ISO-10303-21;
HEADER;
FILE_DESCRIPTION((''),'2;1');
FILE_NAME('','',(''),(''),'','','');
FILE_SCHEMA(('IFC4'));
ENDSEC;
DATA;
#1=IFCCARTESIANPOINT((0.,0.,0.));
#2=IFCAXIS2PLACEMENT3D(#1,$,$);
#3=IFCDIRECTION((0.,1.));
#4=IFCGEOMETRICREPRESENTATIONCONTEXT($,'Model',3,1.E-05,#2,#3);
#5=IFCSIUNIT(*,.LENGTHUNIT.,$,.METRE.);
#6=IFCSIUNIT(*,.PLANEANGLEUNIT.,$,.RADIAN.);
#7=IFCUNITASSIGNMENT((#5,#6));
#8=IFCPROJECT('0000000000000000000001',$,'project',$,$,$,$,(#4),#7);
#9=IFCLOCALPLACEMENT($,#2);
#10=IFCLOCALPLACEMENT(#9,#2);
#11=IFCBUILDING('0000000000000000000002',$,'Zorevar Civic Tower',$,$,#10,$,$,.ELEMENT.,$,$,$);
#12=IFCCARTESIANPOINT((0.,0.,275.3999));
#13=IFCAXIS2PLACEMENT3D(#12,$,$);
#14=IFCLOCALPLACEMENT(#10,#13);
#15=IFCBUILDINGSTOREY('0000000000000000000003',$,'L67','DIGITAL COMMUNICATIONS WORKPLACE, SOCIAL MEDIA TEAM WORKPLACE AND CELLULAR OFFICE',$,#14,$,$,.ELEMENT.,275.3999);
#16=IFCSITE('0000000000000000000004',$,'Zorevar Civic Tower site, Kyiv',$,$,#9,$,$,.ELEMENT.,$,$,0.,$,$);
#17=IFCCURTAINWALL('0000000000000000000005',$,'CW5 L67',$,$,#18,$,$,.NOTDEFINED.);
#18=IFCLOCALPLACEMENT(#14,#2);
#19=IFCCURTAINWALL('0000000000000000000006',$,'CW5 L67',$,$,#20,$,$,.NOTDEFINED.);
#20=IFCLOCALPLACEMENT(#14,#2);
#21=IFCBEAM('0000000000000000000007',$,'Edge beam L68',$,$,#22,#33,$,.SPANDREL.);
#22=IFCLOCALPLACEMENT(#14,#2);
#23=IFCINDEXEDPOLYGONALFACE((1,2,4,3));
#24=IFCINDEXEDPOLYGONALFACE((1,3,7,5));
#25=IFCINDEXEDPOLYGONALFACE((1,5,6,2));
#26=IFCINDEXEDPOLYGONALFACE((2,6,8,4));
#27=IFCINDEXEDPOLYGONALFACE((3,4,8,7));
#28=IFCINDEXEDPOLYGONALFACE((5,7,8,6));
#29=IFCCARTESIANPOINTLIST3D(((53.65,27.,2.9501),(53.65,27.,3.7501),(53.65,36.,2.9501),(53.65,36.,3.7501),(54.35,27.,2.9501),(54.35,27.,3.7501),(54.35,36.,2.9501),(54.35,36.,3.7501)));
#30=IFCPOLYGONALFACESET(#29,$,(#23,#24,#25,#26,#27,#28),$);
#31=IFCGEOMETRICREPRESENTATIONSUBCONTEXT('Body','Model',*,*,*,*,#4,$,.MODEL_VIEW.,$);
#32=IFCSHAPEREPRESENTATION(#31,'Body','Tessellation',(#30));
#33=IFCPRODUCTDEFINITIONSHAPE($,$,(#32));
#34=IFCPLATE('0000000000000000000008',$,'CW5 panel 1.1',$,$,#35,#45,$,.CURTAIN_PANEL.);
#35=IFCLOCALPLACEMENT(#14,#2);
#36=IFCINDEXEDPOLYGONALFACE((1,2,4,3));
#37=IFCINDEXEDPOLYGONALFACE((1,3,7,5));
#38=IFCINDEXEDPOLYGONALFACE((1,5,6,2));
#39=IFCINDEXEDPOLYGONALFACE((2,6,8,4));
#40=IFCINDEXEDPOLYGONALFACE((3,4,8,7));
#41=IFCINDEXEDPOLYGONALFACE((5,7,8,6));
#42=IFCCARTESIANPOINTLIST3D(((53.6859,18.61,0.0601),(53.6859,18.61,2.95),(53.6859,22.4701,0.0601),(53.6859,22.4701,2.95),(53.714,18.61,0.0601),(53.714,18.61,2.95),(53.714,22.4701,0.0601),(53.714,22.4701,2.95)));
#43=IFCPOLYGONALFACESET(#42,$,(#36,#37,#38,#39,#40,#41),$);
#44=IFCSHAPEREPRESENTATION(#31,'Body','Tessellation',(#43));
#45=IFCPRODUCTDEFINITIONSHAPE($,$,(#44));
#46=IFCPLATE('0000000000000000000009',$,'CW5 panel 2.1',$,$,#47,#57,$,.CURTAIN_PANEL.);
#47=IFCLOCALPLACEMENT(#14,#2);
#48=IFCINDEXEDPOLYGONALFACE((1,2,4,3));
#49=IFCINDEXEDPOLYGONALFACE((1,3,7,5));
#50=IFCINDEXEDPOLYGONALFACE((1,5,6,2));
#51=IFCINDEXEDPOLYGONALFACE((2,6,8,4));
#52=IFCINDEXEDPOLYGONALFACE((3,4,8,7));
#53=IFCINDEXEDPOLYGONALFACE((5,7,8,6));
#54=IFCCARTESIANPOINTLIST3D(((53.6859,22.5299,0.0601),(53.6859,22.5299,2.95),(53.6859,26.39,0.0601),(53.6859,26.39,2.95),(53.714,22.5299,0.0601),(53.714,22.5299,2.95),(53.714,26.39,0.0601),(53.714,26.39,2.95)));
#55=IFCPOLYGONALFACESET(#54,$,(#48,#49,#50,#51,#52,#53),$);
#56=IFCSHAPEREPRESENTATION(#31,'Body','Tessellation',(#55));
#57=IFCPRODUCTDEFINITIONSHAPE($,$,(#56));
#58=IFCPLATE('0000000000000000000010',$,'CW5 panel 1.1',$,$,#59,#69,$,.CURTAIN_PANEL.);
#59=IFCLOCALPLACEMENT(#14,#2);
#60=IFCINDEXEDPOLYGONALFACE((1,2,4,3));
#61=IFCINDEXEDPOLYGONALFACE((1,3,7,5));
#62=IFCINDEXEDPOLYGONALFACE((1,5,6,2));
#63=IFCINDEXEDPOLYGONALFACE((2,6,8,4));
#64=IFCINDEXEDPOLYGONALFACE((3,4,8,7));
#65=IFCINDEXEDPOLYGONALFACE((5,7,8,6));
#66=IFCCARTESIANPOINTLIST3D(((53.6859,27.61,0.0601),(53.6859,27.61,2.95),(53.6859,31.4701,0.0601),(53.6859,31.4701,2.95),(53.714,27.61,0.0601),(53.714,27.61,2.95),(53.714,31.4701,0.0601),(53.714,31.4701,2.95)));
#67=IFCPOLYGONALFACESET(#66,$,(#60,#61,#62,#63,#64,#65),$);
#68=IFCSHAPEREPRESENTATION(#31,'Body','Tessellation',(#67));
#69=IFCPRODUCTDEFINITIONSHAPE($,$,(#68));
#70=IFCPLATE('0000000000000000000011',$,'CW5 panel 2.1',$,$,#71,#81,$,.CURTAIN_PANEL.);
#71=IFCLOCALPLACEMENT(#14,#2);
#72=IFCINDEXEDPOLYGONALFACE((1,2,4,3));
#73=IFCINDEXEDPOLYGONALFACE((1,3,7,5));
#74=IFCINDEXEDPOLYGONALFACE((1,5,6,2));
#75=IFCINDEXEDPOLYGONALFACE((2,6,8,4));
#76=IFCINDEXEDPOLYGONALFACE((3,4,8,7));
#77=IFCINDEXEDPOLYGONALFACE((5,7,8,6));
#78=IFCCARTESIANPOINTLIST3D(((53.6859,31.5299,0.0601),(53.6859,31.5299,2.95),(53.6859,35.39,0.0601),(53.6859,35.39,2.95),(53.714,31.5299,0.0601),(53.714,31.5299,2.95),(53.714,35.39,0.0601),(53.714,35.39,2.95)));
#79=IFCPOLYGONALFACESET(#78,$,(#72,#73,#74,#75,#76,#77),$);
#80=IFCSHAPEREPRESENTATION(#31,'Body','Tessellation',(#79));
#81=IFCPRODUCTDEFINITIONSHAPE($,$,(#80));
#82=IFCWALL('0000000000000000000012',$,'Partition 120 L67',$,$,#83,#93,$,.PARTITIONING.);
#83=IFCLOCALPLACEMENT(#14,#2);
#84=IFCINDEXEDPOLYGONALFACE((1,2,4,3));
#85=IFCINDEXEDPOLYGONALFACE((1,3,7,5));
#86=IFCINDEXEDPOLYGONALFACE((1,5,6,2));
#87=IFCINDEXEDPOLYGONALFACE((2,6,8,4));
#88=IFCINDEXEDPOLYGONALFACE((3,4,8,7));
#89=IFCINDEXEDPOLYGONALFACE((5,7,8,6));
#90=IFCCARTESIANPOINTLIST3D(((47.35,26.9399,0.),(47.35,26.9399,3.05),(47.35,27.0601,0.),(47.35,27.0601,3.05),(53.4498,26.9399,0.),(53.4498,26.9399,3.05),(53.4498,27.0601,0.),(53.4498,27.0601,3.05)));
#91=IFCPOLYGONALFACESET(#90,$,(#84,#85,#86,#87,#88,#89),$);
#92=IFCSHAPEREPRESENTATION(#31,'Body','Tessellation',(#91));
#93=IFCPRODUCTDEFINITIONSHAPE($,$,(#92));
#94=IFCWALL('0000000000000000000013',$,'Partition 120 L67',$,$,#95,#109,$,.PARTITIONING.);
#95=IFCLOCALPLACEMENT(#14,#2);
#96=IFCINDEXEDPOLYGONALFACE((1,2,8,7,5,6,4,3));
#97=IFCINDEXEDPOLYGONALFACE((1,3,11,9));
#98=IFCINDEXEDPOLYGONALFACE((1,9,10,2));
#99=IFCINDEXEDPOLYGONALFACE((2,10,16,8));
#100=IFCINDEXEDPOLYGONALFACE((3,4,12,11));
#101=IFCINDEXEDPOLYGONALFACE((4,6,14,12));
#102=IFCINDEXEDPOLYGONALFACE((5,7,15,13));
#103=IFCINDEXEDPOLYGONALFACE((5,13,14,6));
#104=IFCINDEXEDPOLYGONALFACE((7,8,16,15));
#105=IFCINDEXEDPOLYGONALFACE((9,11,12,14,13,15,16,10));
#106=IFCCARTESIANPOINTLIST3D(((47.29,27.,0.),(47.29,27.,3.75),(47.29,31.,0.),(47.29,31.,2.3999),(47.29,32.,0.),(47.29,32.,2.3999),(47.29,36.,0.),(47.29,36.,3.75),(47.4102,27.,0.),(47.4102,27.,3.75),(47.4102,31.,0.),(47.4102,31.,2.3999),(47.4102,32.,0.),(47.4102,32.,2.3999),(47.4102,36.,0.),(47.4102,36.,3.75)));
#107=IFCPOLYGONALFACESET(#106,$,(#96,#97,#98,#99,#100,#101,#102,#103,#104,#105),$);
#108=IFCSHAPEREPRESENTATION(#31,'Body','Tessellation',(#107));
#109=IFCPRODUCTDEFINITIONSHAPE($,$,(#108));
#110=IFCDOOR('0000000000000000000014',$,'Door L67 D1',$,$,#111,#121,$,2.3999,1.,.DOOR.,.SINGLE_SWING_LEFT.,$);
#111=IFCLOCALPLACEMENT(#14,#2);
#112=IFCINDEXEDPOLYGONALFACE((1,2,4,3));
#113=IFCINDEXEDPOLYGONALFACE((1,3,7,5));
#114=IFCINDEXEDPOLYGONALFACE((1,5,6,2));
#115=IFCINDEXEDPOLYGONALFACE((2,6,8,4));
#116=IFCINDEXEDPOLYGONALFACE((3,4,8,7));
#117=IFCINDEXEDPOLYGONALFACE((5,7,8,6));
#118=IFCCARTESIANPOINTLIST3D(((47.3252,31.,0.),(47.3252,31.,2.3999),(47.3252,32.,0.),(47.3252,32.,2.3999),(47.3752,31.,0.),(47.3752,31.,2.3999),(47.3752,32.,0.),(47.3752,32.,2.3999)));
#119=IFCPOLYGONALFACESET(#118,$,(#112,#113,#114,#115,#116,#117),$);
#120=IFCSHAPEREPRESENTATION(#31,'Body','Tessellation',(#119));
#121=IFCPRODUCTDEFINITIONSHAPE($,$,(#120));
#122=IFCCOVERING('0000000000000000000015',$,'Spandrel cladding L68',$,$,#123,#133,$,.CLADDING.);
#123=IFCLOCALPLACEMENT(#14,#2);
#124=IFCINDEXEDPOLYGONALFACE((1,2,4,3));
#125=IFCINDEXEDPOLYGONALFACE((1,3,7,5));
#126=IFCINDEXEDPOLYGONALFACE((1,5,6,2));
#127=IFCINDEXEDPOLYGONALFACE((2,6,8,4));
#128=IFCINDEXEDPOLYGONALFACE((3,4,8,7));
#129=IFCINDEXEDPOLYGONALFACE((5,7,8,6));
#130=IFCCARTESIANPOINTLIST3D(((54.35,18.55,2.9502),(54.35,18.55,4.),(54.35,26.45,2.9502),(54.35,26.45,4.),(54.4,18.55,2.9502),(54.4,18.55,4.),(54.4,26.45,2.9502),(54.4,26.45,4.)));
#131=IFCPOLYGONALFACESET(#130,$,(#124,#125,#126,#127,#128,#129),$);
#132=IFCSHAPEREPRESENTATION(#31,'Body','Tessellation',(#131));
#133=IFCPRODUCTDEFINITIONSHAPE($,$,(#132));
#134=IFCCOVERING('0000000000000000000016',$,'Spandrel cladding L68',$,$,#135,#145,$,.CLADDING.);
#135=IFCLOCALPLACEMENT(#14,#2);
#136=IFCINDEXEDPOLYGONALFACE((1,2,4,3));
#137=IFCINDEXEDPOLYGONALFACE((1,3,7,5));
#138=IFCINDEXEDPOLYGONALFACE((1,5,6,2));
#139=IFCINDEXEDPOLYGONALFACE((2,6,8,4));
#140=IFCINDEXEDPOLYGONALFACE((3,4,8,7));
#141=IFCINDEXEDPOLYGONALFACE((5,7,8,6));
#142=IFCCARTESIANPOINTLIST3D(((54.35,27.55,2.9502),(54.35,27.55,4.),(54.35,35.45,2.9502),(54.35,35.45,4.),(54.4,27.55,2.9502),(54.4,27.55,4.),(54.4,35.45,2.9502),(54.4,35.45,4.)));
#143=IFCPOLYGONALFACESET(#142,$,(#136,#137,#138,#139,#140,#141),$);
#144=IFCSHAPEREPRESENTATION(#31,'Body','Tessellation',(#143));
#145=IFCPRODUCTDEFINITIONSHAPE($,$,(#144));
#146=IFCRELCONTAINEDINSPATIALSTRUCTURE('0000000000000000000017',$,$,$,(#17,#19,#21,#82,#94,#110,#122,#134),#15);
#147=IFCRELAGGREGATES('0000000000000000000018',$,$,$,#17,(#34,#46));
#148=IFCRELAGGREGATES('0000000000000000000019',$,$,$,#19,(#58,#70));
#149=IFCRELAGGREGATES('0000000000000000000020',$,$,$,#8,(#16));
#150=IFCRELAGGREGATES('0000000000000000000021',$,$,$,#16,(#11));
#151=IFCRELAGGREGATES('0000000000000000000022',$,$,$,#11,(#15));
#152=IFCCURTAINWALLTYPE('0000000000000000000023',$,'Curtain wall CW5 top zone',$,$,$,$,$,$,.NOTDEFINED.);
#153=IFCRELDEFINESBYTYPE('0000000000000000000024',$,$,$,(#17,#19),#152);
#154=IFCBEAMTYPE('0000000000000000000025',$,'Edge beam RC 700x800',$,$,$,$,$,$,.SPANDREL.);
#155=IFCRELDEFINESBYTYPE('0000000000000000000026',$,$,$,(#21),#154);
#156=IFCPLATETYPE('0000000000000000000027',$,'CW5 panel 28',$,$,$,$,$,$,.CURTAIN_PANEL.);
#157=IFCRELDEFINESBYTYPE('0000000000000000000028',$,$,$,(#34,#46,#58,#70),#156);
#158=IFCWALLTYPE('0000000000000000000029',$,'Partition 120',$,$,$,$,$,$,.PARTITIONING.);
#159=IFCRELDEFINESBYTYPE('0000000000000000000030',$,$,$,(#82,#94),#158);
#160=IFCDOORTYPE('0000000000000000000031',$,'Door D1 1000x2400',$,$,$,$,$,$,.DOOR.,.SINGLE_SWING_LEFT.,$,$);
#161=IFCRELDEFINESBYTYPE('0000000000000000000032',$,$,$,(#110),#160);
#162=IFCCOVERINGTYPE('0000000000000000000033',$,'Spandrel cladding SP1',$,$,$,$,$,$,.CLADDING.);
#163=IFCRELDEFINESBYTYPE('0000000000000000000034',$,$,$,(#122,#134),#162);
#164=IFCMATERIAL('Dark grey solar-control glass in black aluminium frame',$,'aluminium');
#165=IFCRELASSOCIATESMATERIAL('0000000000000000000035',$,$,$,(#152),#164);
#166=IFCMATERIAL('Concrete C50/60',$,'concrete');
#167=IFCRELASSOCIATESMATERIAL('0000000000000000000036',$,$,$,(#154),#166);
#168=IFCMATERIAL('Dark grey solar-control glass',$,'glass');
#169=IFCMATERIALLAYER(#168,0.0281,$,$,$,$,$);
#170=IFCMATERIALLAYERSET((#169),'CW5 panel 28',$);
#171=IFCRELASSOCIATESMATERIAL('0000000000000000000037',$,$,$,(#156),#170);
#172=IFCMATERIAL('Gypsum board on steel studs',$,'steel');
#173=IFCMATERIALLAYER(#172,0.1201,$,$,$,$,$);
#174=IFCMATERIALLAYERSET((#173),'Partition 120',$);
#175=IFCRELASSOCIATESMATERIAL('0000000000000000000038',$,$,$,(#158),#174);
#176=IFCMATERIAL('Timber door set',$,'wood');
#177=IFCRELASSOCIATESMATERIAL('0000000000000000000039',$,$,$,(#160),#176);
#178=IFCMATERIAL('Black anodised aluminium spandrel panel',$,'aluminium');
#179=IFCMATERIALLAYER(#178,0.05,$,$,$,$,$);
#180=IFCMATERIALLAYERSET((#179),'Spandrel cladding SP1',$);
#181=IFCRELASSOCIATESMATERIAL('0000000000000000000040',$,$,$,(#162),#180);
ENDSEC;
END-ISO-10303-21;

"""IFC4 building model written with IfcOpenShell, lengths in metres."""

from ifc_helpers import new_model, si_unit, direction, frame, frame_2d, origin, origin_2d, place, context, subcontext, project, spatial, rectangle, extrude, material, layer, layer_set, material_profile, profile_set, type_object, element, fill, aggregate, save


model = new_model("IFC4")

# Units and contexts
model_context = context("Model", 3, precision=1e-05, world=origin(), true_north=direction((0.0, 1.0)))
body_context = subcontext(model_context, "Body", "Model", "MODEL_VIEW")
ifc_project = project(units=[si_unit("LENGTHUNIT", "METRE"), si_unit("PLANEANGLEUNIT", "RADIAN")], contexts=[model_context])

# Site, building, storey
site_placement = place(None, origin())
site = spatial("IfcSite", under=ifc_project, at=site_placement, Name="Zorevar Civic Tower site, Kyiv", CompositionType="ELEMENT", RefElevation=0.0)
building_placement = place(site_placement, origin())
building = spatial("IfcBuilding", under=site, at=building_placement, Name="Zorevar Civic Tower", CompositionType="ELEMENT")
storey_placement = place(building_placement, frame((0.0, 0.0, 275.3999)))
storey = spatial("IfcBuildingStorey", under=building, at=storey_placement, Name="L67", Description="DIGITAL COMMUNICATIONS WORKPLACE, SOCIAL MEDIA TEAM WORKPLACE AND CELLULAR OFFICE", CompositionType="ELEMENT", Elevation=275.3999)

# Curtain walls
ifc_material_1 = material(Name="Dark grey solar-control glass in black aluminium frame", Category="aluminium")
curtain_wall_type = type_object("IfcCurtainWallType", Name="Curtain wall CW5 top zone", PredefinedType="NOTDEFINED", material=ifc_material_1)
curtain_wall_1_placement = place(storey_placement, origin())
curtain_wall_1 = element("IfcCurtainWall", 1, at=curtain_wall_1_placement, inside=storey, type_object=curtain_wall_type, Name="CW5 L67", PredefinedType="NOTDEFINED")
curtain_wall_2_placement = place(storey_placement, origin())
curtain_wall_2 = element("IfcCurtainWall", 2, at=curtain_wall_2_placement, inside=storey, type_object=curtain_wall_type, Name="CW5 L67", PredefinedType="NOTDEFINED")

# Beam
ifc_material_2 = material(Name="Concrete C50/60", Category="concrete")
ifc_material_profile_1 = material_profile(ifc_material_2, rectangle(XDim=0.7, YDim=0.8, at=origin_2d()), Name="RC 700x800")
ifc_profile_set_1 = profile_set([ifc_material_profile_1], Name="Concrete C50/60")
beam_type_1 = type_object("IfcBeamType", Name="Edge beam RC 700x800", PredefinedType="SPANDREL", material=ifc_profile_set_1)
beam_1_placement = place(storey_placement, frame((54.0, 27.0, 3.3501), z_axis=(0.0, 1.0, 0.0), x_axis=(-1.0, 0.0, 0.0)))
element("IfcBeam", 3, at=beam_1_placement, inside=storey, type_object=beam_type_1, Name="Edge beam L68", PredefinedType="SPANDREL", context=body_context, shape_type="SweptSolid", body=[
    extrude(rectangle(XDim=0.7, YDim=0.8, at=origin_2d()), origin(), (0.0, 0.0, 1.0), 9.0),
])

# Plates
ifc_material_3 = material(Name="Dark grey solar-control glass", Category="glass")
ifc_layer_1 = layer(ifc_material_3, 0.0281)
ifc_layer_set_1 = layer_set([ifc_layer_1], Name="CW5 panel 28")
plate_type = type_object("IfcPlateType", Name="CW5 panel 28", PredefinedType="CURTAIN_PANEL", material=ifc_layer_set_1)
plate_1_placement = place(storey_placement, frame((53.7, 20.54, 0.0601), z_axis=(0.0, 0.0, 1.0), x_axis=(0.0, 1.0, 0.0)))
plate_1 = element("IfcPlate", 4, at=plate_1_placement, type_object=plate_type, Name="CW5 panel 1.1", PredefinedType="CURTAIN_PANEL", context=body_context, shape_type="SweptSolid", body=[
    extrude(rectangle(XDim=3.8601, YDim=0.0281, at=origin_2d()), origin(), (0.0, 0.0, 1.0), 2.8899),
])
plate_2_placement = place(storey_placement, frame((53.7, 24.46, 0.0601), z_axis=(0.0, 0.0, 1.0), x_axis=(0.0, 1.0, 0.0)))
plate_2 = element("IfcPlate", 5, at=plate_2_placement, type_object=plate_type, Name="CW5 panel 2.1", PredefinedType="CURTAIN_PANEL", context=body_context, shape_type="SweptSolid", body=[
    extrude(rectangle(XDim=3.8601, YDim=0.0281, at=origin_2d()), origin(), (0.0, 0.0, 1.0), 2.8899),
])
aggregate(curtain_wall_1, [plate_1, plate_2])
plate_3_placement = place(storey_placement, frame((53.7, 29.54, 0.0601), z_axis=(0.0, 0.0, 1.0), x_axis=(0.0, 1.0, 0.0)))
plate_3 = element("IfcPlate", 6, at=plate_3_placement, type_object=plate_type, Name="CW5 panel 1.1", PredefinedType="CURTAIN_PANEL", context=body_context, shape_type="SweptSolid", body=[
    extrude(rectangle(XDim=3.8601, YDim=0.0281, at=origin_2d()), origin(), (0.0, 0.0, 1.0), 2.8899),
])
plate_4_placement = place(storey_placement, frame((53.7, 33.46, 0.0601), z_axis=(0.0, 0.0, 1.0), x_axis=(0.0, 1.0, 0.0)))
plate_4 = element("IfcPlate", 7, at=plate_4_placement, type_object=plate_type, Name="CW5 panel 2.1", PredefinedType="CURTAIN_PANEL", context=body_context, shape_type="SweptSolid", body=[
    extrude(rectangle(XDim=3.8601, YDim=0.0281, at=origin_2d()), origin(), (0.0, 0.0, 1.0), 2.8899),
])
aggregate(curtain_wall_2, [plate_3, plate_4])

# Wall
ifc_material_4 = material(Name="Gypsum board on steel studs", Category="steel")
ifc_layer_2 = layer(ifc_material_4, 0.1201)
ifc_layer_set_2 = layer_set([ifc_layer_2], Name="Partition 120")
wall_type = type_object("IfcWallType", Name="Partition 120", PredefinedType="PARTITIONING", material=ifc_layer_set_2)
wall_1_placement = place(storey_placement, frame((47.3501, 27.0, 0.0), z_axis=(0.0, 0.0, 1.0), x_axis=(1.0, 0.0, 0.0)))
element("IfcWall", 8, at=wall_1_placement, inside=storey, type_object=wall_type, Name="Partition 120 L67", PredefinedType="PARTITIONING", context=body_context, shape_type="SweptSolid", body=[
    extrude(rectangle(XDim=6.0999, YDim=0.1201, at=frame_2d((3.0498, 0.0))), origin(), (0.0, 0.0, 1.0), 3.05),
])

# Wall, opening, door
wall_2_placement = place(storey_placement, frame((47.3501, 27.0, 0.0), z_axis=(0.0, 0.0, 1.0), x_axis=(0.0, 1.0, 0.0)))
wall_2 = element("IfcWall", 9, at=wall_2_placement, inside=storey, type_object=wall_type, Name="Partition 120 L67", PredefinedType="PARTITIONING", context=body_context, shape_type="SweptSolid", body=[
    extrude(rectangle(XDim=9.0, YDim=0.1201, at=frame_2d((4.5, 0.0))), origin(), (0.0, 0.0, 1.0), 3.75),
])
opening_placement = place(wall_2_placement, frame((4.0, 0.0, 0.0)))
opening = element("IfcOpeningElement", 10, at=opening_placement, cuts=wall_2, PredefinedType="OPENING", context=body_context, shape_type="SweptSolid", body=[
    extrude(rectangle(XDim=1.0, YDim=2.3999, at=frame_2d((0.5, 1.2))), frame((0.0, 0.0701, 0.0), z_axis=(0.0, -1.0, 0.0), x_axis=(1.0, 0.0, 0.0)), (0.0, 0.0, 1.0), 0.1401),
])
ifc_material_5 = material(Name="Timber door set", Category="wood")
door_type = type_object("IfcDoorType", Name="Door D1 1000x2400", OperationType="SINGLE_SWING_LEFT", PredefinedType="DOOR", material=ifc_material_5)
door_placement = place(opening_placement, origin())
door = element("IfcDoor", 11, at=door_placement, inside=storey, type_object=door_type, Name="Door L67 D1", OperationType="SINGLE_SWING_LEFT", OverallHeight=2.3999, OverallWidth=1.0, PredefinedType="DOOR", context=body_context, shape_type="SweptSolid", body=[
    extrude(rectangle(XDim=1.0, YDim=2.3999, at=frame_2d((0.5, 1.2))), frame((0.0, 0.0249, 0.0), z_axis=(0.0, -1.0, 0.0), x_axis=(1.0, 0.0, 0.0)), (0.0, 0.0, 1.0), 0.05),
])
fill(opening, door)

# Coverings
ifc_material_6 = material(Name="Black anodised aluminium spandrel panel", Category="aluminium")
ifc_layer_3 = layer(ifc_material_6, 0.05)
ifc_layer_set_3 = layer_set([ifc_layer_3], Name="Spandrel cladding SP1")
covering_type = type_object("IfcCoveringType", Name="Spandrel cladding SP1", PredefinedType="CLADDING", material=ifc_layer_set_3)
for number, where, z_axis, x_axis, name in (
    (12, (54.375, 18.55, 2.9502), (0.0, 0.0, 1.0), (0.0, 1.0, 0.0), "Spandrel cladding L68"),
    (13, (54.375, 27.55, 2.9502), (0.0, 0.0, 1.0), (0.0, 1.0, 0.0), "Spandrel cladding L68"),
):
    element("IfcCovering", number, at=place(storey_placement, frame(where, z_axis=z_axis, x_axis=x_axis)), inside=storey, type_object=covering_type, Name=name, PredefinedType="CLADDING", context=body_context, shape_type="SweptSolid", body=[
        extrude(rectangle(XDim=7.8999, YDim=0.05, at=frame_2d((3.95, 0.0))), origin(), (0.0, 0.0, 1.0), 1.0498),
    ])

save(model, "model.ifc")
